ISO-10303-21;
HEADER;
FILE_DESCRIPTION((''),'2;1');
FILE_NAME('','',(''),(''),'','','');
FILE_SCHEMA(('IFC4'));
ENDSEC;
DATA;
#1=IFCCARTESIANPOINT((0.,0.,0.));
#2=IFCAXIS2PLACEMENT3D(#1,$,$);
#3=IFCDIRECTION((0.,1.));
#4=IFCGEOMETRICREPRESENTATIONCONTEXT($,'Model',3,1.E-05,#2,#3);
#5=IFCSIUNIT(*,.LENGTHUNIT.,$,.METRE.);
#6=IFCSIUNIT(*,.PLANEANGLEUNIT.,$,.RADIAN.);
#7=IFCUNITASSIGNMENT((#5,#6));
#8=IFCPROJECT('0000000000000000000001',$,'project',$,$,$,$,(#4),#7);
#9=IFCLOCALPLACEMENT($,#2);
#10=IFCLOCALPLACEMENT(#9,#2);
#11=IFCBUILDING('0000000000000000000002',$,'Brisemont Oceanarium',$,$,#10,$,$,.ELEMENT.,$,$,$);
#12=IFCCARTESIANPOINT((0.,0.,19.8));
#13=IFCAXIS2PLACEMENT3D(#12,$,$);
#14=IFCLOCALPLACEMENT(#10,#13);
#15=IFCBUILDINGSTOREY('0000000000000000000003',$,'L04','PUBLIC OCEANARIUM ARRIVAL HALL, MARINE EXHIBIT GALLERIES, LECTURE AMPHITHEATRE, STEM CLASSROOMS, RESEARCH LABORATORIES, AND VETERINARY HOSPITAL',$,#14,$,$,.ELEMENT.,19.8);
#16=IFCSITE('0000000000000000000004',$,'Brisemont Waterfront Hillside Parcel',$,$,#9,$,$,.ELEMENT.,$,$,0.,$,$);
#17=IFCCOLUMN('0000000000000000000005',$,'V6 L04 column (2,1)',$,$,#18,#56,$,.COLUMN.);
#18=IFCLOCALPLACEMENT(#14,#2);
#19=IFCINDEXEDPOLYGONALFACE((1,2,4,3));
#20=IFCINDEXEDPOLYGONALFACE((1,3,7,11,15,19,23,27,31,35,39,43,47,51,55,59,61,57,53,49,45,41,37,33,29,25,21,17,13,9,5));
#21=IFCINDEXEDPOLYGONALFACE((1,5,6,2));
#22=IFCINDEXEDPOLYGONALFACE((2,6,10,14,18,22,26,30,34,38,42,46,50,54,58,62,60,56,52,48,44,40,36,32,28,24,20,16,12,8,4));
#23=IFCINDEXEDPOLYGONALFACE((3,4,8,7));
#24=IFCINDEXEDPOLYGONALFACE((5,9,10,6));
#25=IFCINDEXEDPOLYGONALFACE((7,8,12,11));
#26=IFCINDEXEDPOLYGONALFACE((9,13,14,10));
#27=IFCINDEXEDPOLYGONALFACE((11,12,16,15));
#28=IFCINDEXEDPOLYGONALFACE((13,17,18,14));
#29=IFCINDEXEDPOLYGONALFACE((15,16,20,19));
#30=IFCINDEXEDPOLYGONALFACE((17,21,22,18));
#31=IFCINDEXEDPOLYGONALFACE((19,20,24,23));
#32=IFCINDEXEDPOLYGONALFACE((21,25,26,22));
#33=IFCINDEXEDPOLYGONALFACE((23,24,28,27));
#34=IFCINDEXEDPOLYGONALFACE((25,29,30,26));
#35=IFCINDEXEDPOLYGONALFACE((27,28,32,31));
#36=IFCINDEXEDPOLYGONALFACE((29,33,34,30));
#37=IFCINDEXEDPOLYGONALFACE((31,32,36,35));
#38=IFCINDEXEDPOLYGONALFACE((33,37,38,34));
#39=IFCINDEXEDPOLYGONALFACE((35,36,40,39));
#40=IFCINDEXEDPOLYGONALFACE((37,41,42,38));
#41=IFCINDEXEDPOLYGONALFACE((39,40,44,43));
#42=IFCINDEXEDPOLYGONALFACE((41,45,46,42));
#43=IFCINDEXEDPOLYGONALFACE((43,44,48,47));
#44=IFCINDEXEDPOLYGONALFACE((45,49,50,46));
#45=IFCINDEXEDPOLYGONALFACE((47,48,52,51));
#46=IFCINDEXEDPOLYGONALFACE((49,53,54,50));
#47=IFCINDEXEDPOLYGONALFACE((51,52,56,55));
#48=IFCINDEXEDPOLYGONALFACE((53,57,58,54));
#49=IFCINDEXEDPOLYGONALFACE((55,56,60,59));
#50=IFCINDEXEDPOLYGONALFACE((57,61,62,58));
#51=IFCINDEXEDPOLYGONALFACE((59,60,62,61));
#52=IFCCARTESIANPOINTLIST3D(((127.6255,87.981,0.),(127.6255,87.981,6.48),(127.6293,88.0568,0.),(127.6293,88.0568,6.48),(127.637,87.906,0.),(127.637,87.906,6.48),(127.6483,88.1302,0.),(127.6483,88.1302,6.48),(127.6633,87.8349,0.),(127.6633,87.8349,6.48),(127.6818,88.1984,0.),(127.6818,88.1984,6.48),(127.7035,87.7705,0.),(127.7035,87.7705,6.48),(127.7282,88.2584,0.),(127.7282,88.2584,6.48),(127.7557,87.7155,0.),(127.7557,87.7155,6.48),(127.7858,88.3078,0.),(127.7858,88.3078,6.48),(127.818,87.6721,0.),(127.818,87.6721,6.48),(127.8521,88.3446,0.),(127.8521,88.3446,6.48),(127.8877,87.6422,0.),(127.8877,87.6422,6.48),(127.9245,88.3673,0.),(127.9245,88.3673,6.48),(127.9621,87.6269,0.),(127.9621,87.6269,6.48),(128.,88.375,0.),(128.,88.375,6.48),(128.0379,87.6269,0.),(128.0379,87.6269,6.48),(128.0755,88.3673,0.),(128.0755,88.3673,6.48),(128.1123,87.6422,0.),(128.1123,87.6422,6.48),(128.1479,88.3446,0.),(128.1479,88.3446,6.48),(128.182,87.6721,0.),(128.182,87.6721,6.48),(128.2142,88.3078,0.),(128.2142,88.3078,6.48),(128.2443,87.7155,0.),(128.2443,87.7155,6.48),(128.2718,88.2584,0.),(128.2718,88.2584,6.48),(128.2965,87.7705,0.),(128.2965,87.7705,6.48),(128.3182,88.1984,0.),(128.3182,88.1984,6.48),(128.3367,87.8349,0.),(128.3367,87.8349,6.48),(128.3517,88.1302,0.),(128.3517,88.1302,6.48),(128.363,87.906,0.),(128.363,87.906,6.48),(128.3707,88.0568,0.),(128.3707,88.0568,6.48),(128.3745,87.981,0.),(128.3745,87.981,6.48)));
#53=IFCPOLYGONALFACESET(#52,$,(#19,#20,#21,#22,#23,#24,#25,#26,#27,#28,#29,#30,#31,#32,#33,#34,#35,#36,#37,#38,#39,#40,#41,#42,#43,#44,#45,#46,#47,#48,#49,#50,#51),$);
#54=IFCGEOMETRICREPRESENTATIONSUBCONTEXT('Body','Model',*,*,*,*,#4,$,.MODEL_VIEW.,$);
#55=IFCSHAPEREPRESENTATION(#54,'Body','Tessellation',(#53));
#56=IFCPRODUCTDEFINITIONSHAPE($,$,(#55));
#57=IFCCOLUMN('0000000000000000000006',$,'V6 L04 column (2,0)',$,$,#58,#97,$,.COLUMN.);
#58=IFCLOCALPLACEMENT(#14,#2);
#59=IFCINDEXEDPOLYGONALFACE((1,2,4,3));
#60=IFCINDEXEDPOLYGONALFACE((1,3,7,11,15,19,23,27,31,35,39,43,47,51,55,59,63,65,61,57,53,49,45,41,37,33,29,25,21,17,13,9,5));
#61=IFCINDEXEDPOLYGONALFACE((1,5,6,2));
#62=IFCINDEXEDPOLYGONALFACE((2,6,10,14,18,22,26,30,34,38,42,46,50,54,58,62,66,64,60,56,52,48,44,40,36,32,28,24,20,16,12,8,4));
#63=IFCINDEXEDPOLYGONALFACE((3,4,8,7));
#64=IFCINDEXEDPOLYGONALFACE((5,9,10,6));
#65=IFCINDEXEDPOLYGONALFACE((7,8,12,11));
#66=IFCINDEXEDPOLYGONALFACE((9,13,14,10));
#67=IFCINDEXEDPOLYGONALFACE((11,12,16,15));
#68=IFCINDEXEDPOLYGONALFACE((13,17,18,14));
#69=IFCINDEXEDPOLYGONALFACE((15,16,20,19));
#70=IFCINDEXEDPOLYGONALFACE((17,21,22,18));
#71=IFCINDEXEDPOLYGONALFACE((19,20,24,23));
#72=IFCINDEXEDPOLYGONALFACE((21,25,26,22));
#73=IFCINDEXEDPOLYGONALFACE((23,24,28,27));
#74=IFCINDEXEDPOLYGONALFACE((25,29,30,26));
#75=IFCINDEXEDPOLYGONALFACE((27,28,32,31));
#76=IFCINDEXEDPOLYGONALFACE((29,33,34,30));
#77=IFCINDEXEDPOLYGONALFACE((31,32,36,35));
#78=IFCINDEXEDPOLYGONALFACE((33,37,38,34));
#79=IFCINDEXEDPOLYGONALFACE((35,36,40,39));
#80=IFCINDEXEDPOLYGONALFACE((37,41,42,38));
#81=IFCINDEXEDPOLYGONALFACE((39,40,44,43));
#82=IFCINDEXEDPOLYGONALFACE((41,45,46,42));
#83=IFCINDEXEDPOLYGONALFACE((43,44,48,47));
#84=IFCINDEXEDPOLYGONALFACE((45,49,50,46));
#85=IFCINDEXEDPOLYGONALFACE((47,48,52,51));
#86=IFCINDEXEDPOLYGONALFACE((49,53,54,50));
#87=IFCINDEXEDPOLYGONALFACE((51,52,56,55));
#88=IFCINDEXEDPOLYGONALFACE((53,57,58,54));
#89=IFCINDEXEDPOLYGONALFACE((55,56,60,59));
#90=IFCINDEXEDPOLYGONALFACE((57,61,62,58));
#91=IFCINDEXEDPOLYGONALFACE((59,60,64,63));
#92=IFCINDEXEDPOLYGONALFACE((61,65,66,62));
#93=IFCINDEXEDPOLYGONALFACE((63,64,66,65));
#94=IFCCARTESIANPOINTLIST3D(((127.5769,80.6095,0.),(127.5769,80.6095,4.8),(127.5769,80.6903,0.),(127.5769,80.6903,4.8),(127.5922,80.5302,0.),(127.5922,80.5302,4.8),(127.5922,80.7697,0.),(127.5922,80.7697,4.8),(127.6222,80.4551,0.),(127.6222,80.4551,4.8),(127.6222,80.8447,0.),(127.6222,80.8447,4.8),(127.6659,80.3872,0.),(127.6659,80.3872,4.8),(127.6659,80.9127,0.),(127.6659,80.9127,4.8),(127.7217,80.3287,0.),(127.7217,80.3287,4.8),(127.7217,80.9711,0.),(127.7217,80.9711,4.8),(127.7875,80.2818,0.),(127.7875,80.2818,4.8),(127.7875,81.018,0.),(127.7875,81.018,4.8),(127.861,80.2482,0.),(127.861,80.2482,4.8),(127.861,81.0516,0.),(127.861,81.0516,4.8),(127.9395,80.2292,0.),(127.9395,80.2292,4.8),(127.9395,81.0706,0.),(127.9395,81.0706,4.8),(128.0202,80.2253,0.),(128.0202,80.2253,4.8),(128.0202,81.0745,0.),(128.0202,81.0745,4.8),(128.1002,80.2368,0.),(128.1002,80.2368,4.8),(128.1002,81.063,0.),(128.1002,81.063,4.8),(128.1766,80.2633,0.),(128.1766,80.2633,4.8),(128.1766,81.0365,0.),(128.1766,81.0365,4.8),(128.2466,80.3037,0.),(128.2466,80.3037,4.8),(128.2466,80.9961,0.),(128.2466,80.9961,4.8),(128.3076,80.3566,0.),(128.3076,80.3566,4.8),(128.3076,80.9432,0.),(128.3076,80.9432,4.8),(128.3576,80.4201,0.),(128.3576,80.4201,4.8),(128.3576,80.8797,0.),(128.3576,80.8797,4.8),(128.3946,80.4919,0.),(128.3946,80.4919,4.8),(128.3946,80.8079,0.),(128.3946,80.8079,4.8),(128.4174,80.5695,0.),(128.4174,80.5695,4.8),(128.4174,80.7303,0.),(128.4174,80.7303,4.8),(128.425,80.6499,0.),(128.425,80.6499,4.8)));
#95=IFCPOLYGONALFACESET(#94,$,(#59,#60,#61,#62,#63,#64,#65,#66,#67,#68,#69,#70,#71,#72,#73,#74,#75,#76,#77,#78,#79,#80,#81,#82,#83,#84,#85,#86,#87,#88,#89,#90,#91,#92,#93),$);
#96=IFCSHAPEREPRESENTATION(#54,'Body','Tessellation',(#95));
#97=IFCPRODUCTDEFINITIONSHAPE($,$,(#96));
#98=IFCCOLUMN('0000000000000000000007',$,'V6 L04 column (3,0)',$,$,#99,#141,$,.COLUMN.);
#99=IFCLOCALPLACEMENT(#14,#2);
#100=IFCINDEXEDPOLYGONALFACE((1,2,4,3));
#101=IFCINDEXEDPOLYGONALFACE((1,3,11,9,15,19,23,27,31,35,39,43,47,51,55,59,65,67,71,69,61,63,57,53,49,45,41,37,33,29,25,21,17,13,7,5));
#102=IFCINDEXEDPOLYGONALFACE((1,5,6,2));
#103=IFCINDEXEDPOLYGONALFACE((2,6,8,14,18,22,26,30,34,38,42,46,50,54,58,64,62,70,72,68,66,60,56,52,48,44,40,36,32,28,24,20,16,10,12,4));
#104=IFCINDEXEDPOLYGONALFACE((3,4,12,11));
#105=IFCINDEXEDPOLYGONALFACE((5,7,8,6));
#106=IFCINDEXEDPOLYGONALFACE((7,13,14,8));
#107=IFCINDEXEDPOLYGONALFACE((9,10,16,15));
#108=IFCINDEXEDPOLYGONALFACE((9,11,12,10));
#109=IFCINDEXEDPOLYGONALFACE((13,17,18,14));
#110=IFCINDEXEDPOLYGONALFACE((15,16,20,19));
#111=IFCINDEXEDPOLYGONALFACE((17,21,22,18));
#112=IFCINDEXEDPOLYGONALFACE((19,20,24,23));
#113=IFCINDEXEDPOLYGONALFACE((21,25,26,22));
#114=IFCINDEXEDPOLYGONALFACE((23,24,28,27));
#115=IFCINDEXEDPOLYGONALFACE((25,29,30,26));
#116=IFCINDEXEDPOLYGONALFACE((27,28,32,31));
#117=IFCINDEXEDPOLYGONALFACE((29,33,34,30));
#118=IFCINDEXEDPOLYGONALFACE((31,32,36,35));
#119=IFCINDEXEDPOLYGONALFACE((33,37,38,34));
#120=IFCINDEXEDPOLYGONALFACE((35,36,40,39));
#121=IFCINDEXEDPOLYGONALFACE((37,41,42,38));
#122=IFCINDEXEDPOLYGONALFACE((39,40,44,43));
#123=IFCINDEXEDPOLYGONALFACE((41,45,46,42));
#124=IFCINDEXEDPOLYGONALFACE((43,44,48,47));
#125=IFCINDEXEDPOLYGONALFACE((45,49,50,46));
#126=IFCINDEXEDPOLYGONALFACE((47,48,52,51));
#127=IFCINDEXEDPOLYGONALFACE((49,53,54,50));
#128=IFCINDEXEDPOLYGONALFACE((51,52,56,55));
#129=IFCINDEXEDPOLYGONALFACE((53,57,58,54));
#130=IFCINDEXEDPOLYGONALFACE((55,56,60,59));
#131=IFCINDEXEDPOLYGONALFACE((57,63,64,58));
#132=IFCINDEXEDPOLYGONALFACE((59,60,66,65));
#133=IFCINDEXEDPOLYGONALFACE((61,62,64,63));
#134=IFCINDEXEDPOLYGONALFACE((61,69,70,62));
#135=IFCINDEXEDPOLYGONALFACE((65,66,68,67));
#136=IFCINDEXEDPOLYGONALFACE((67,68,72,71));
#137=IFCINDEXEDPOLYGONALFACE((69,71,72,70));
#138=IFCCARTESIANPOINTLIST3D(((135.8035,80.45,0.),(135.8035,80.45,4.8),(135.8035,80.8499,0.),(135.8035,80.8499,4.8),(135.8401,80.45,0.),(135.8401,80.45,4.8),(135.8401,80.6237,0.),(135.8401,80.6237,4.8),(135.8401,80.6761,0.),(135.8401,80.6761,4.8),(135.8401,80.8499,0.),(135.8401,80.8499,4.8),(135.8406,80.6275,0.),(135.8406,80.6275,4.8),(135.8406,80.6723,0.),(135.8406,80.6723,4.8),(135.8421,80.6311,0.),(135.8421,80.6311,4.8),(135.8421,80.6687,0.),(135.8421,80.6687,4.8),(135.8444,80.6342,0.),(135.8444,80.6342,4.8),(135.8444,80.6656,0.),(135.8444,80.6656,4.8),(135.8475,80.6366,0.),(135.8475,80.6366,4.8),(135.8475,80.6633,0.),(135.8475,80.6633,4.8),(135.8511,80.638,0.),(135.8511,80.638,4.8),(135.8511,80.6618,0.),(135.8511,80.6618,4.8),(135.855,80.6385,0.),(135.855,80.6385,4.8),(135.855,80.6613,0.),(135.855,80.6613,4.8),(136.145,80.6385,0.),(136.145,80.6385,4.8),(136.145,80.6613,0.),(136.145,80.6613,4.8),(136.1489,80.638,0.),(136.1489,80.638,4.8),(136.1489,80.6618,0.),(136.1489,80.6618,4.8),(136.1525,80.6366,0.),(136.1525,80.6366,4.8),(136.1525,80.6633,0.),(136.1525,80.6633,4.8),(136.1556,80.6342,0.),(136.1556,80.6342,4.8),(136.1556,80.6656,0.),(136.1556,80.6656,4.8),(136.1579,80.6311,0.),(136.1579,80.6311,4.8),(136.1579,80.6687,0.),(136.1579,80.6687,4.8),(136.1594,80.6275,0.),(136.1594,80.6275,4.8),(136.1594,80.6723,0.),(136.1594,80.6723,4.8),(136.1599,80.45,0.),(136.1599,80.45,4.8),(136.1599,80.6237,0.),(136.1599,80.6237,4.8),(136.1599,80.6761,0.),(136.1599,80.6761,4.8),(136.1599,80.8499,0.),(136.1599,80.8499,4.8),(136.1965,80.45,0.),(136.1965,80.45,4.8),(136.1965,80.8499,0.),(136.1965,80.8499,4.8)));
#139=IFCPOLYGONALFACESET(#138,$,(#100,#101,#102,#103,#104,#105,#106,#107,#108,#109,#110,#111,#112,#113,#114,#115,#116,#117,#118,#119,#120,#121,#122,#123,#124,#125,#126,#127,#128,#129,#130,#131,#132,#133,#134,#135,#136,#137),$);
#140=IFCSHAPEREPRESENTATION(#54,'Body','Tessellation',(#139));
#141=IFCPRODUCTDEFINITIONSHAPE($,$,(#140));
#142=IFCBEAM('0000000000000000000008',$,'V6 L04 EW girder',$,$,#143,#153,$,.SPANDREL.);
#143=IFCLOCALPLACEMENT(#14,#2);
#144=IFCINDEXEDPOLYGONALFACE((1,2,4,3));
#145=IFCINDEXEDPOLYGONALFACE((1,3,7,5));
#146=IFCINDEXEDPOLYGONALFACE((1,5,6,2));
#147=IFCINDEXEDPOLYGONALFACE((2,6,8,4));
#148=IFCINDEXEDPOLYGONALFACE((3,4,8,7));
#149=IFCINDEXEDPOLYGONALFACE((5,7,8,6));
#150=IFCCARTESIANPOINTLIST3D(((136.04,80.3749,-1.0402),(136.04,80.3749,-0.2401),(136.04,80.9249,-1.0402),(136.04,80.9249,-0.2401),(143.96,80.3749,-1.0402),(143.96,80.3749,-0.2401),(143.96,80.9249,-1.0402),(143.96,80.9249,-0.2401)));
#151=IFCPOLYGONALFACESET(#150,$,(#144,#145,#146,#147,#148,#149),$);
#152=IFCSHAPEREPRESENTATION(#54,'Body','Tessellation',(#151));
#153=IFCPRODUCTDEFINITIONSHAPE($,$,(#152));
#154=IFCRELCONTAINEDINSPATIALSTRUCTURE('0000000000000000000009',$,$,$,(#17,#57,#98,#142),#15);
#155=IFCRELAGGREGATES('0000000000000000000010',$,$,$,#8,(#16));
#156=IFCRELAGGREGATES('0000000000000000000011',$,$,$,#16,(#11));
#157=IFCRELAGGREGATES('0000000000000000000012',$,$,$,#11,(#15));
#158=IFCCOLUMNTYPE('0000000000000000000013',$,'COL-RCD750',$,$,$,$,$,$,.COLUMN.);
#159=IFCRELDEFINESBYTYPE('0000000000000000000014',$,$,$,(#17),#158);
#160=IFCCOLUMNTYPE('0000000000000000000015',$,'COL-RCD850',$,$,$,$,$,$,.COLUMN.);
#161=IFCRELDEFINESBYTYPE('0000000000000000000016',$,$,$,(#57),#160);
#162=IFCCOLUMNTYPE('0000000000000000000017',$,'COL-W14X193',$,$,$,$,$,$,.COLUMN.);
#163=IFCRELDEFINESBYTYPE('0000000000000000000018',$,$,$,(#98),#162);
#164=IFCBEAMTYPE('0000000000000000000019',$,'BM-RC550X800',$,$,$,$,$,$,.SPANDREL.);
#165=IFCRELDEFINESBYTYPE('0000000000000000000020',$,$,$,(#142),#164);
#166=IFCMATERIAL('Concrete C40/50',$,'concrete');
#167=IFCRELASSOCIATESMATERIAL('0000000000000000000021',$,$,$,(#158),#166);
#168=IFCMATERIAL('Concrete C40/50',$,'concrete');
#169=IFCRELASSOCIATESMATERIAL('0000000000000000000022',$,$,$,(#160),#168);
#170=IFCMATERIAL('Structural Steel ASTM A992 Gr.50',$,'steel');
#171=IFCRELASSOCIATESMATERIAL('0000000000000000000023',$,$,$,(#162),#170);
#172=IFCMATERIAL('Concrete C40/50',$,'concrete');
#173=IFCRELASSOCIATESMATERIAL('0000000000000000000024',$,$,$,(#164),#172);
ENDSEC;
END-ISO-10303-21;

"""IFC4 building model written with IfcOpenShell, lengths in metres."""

from ifc_helpers import new_model, si_unit, direction, frame, origin, origin_2d, place, context, subcontext, project, spatial, rectangle, circle, i_section, extrude, material, material_profile, profile_set, type_object, element, save


model = new_model("IFC4")

# Units and contexts
model_context = context("Model", 3, precision=1e-05, world=origin(), true_north=direction((0.0, 1.0)))
body_context = subcontext(model_context, "Body", "Model", "MODEL_VIEW")
ifc_project = project(units=[si_unit("LENGTHUNIT", "METRE"), si_unit("PLANEANGLEUNIT", "RADIAN")], contexts=[model_context])

# Site, building, storey
site_placement = place(None, origin())
site = spatial("IfcSite", under=ifc_project, at=site_placement, Name="Brisemont Waterfront Hillside Parcel", CompositionType="ELEMENT", RefElevation=0.0)
building_placement = place(site_placement, origin())
building = spatial("IfcBuilding", under=site, at=building_placement, Name="Brisemont Oceanarium", CompositionType="ELEMENT")
storey_placement = place(building_placement, frame((0.0, 0.0, 19.8)))
storey = spatial("IfcBuildingStorey", under=building, at=storey_placement, Name="L04", Description="PUBLIC OCEANARIUM ARRIVAL HALL, MARINE EXHIBIT GALLERIES, LECTURE AMPHITHEATRE, STEM CLASSROOMS, RESEARCH LABORATORIES, AND VETERINARY HOSPITAL", CompositionType="ELEMENT", Elevation=19.8)

# Columns
ifc_material_1 = material(Name="Concrete C40/50", Category="concrete")
ifc_material_profile_1 = material_profile(ifc_material_1, circle(Radius=0.375, at=origin_2d()), Name="RC-COL-D750")
ifc_profile_set_1 = profile_set([ifc_material_profile_1], Name="Concrete C40/50")
column_type_1 = type_object("IfcColumnType", Name="COL-RCD750", PredefinedType="COLUMN", material=ifc_profile_set_1)
column_1_placement = place(storey_placement, frame((128.0, 88.0, 0.0), z_axis=(0.0, 0.0, 1.0), x_axis=(0.0, 1.0, 0.0)))
element("IfcColumn", 1, at=column_1_placement, inside=storey, type_object=column_type_1, Name="V6 L04 column (2,1)", PredefinedType="COLUMN", context=body_context, shape_type="SweptSolid", body=[
    extrude(circle(Radius=0.375, at=origin_2d()), origin(), (0.0, 0.0, 1.0), 6.48),
])
ifc_material_2 = material(Name="Concrete C40/50", Category="concrete")
ifc_material_profile_2 = material_profile(ifc_material_2, circle(Radius=0.425, at=origin_2d()), Name="RC-COL-D850")
ifc_profile_set_2 = profile_set([ifc_material_profile_2], Name="Concrete C40/50")
column_type_2 = type_object("IfcColumnType", Name="COL-RCD850", PredefinedType="COLUMN", material=ifc_profile_set_2)
column_2_placement = place(storey_placement, frame((128.0, 80.6499, 0.0), z_axis=(0.0, 0.0, 1.0), x_axis=(1.0, 0.0, 0.0)))
element("IfcColumn", 2, at=column_2_placement, inside=storey, type_object=column_type_2, Name="V6 L04 column (2,0)", PredefinedType="COLUMN", context=body_context, shape_type="SweptSolid", body=[
    extrude(circle(Radius=0.425, at=origin_2d()), origin(), (0.0, 0.0, 1.0), 4.8),
])
ifc_material_3 = material(Name="Structural Steel ASTM A992 Gr.50", Category="steel")
ifc_material_profile_3 = material_profile(ifc_material_3, i_section(OverallWidth=0.3999, OverallDepth=0.3931, WebThickness=0.0227, FlangeThickness=0.0366, FilletRadius=0.0149, at=origin_2d()), Name="W14X193")
ifc_profile_set_3 = profile_set([ifc_material_profile_3], Name="Structural Steel ASTM A992 Gr.50")
column_type_3 = type_object("IfcColumnType", Name="COL-W14X193", PredefinedType="COLUMN", material=ifc_profile_set_3)
column_3_placement = place(storey_placement, frame((136.0, 80.6499, 0.0), z_axis=(0.0, 0.0, 1.0), x_axis=(0.0, 1.0, 0.0)))
element("IfcColumn", 3, at=column_3_placement, inside=storey, type_object=column_type_3, Name="V6 L04 column (3,0)", PredefinedType="COLUMN", context=body_context, shape_type="SweptSolid", body=[
    extrude(i_section(OverallWidth=0.3999, OverallDepth=0.3931, WebThickness=0.0227, FlangeThickness=0.0366, FilletRadius=0.0149, at=origin_2d()), origin(), (0.0, 0.0, 1.0), 4.8),
])

# Beam
ifc_material_4 = material(Name="Concrete C40/50", Category="concrete")
ifc_material_profile_4 = material_profile(ifc_material_4, rectangle(XDim=0.55, YDim=0.8, at=origin_2d()), Name="RC-BM-550X800")
ifc_profile_set_4 = profile_set([ifc_material_profile_4], Name="Concrete C40/50")
beam_type_1 = type_object("IfcBeamType", Name="BM-RC550X800", PredefinedType="SPANDREL", material=ifc_profile_set_4)
beam_1_placement = place(storey_placement, frame((136.04, 80.6499, -0.6401), z_axis=(1.0, 0.0, 0.0), x_axis=(0.0, 1.0, 0.0)))
element("IfcBeam", 4, at=beam_1_placement, inside=storey, type_object=beam_type_1, Name="V6 L04 EW girder", PredefinedType="SPANDREL", context=body_context, shape_type="SweptSolid", body=[
    extrude(rectangle(XDim=0.55, YDim=0.8, at=origin_2d()), origin(), (0.0, 0.0, 1.0), 7.9199),
])

save(model, "model.ifc")
